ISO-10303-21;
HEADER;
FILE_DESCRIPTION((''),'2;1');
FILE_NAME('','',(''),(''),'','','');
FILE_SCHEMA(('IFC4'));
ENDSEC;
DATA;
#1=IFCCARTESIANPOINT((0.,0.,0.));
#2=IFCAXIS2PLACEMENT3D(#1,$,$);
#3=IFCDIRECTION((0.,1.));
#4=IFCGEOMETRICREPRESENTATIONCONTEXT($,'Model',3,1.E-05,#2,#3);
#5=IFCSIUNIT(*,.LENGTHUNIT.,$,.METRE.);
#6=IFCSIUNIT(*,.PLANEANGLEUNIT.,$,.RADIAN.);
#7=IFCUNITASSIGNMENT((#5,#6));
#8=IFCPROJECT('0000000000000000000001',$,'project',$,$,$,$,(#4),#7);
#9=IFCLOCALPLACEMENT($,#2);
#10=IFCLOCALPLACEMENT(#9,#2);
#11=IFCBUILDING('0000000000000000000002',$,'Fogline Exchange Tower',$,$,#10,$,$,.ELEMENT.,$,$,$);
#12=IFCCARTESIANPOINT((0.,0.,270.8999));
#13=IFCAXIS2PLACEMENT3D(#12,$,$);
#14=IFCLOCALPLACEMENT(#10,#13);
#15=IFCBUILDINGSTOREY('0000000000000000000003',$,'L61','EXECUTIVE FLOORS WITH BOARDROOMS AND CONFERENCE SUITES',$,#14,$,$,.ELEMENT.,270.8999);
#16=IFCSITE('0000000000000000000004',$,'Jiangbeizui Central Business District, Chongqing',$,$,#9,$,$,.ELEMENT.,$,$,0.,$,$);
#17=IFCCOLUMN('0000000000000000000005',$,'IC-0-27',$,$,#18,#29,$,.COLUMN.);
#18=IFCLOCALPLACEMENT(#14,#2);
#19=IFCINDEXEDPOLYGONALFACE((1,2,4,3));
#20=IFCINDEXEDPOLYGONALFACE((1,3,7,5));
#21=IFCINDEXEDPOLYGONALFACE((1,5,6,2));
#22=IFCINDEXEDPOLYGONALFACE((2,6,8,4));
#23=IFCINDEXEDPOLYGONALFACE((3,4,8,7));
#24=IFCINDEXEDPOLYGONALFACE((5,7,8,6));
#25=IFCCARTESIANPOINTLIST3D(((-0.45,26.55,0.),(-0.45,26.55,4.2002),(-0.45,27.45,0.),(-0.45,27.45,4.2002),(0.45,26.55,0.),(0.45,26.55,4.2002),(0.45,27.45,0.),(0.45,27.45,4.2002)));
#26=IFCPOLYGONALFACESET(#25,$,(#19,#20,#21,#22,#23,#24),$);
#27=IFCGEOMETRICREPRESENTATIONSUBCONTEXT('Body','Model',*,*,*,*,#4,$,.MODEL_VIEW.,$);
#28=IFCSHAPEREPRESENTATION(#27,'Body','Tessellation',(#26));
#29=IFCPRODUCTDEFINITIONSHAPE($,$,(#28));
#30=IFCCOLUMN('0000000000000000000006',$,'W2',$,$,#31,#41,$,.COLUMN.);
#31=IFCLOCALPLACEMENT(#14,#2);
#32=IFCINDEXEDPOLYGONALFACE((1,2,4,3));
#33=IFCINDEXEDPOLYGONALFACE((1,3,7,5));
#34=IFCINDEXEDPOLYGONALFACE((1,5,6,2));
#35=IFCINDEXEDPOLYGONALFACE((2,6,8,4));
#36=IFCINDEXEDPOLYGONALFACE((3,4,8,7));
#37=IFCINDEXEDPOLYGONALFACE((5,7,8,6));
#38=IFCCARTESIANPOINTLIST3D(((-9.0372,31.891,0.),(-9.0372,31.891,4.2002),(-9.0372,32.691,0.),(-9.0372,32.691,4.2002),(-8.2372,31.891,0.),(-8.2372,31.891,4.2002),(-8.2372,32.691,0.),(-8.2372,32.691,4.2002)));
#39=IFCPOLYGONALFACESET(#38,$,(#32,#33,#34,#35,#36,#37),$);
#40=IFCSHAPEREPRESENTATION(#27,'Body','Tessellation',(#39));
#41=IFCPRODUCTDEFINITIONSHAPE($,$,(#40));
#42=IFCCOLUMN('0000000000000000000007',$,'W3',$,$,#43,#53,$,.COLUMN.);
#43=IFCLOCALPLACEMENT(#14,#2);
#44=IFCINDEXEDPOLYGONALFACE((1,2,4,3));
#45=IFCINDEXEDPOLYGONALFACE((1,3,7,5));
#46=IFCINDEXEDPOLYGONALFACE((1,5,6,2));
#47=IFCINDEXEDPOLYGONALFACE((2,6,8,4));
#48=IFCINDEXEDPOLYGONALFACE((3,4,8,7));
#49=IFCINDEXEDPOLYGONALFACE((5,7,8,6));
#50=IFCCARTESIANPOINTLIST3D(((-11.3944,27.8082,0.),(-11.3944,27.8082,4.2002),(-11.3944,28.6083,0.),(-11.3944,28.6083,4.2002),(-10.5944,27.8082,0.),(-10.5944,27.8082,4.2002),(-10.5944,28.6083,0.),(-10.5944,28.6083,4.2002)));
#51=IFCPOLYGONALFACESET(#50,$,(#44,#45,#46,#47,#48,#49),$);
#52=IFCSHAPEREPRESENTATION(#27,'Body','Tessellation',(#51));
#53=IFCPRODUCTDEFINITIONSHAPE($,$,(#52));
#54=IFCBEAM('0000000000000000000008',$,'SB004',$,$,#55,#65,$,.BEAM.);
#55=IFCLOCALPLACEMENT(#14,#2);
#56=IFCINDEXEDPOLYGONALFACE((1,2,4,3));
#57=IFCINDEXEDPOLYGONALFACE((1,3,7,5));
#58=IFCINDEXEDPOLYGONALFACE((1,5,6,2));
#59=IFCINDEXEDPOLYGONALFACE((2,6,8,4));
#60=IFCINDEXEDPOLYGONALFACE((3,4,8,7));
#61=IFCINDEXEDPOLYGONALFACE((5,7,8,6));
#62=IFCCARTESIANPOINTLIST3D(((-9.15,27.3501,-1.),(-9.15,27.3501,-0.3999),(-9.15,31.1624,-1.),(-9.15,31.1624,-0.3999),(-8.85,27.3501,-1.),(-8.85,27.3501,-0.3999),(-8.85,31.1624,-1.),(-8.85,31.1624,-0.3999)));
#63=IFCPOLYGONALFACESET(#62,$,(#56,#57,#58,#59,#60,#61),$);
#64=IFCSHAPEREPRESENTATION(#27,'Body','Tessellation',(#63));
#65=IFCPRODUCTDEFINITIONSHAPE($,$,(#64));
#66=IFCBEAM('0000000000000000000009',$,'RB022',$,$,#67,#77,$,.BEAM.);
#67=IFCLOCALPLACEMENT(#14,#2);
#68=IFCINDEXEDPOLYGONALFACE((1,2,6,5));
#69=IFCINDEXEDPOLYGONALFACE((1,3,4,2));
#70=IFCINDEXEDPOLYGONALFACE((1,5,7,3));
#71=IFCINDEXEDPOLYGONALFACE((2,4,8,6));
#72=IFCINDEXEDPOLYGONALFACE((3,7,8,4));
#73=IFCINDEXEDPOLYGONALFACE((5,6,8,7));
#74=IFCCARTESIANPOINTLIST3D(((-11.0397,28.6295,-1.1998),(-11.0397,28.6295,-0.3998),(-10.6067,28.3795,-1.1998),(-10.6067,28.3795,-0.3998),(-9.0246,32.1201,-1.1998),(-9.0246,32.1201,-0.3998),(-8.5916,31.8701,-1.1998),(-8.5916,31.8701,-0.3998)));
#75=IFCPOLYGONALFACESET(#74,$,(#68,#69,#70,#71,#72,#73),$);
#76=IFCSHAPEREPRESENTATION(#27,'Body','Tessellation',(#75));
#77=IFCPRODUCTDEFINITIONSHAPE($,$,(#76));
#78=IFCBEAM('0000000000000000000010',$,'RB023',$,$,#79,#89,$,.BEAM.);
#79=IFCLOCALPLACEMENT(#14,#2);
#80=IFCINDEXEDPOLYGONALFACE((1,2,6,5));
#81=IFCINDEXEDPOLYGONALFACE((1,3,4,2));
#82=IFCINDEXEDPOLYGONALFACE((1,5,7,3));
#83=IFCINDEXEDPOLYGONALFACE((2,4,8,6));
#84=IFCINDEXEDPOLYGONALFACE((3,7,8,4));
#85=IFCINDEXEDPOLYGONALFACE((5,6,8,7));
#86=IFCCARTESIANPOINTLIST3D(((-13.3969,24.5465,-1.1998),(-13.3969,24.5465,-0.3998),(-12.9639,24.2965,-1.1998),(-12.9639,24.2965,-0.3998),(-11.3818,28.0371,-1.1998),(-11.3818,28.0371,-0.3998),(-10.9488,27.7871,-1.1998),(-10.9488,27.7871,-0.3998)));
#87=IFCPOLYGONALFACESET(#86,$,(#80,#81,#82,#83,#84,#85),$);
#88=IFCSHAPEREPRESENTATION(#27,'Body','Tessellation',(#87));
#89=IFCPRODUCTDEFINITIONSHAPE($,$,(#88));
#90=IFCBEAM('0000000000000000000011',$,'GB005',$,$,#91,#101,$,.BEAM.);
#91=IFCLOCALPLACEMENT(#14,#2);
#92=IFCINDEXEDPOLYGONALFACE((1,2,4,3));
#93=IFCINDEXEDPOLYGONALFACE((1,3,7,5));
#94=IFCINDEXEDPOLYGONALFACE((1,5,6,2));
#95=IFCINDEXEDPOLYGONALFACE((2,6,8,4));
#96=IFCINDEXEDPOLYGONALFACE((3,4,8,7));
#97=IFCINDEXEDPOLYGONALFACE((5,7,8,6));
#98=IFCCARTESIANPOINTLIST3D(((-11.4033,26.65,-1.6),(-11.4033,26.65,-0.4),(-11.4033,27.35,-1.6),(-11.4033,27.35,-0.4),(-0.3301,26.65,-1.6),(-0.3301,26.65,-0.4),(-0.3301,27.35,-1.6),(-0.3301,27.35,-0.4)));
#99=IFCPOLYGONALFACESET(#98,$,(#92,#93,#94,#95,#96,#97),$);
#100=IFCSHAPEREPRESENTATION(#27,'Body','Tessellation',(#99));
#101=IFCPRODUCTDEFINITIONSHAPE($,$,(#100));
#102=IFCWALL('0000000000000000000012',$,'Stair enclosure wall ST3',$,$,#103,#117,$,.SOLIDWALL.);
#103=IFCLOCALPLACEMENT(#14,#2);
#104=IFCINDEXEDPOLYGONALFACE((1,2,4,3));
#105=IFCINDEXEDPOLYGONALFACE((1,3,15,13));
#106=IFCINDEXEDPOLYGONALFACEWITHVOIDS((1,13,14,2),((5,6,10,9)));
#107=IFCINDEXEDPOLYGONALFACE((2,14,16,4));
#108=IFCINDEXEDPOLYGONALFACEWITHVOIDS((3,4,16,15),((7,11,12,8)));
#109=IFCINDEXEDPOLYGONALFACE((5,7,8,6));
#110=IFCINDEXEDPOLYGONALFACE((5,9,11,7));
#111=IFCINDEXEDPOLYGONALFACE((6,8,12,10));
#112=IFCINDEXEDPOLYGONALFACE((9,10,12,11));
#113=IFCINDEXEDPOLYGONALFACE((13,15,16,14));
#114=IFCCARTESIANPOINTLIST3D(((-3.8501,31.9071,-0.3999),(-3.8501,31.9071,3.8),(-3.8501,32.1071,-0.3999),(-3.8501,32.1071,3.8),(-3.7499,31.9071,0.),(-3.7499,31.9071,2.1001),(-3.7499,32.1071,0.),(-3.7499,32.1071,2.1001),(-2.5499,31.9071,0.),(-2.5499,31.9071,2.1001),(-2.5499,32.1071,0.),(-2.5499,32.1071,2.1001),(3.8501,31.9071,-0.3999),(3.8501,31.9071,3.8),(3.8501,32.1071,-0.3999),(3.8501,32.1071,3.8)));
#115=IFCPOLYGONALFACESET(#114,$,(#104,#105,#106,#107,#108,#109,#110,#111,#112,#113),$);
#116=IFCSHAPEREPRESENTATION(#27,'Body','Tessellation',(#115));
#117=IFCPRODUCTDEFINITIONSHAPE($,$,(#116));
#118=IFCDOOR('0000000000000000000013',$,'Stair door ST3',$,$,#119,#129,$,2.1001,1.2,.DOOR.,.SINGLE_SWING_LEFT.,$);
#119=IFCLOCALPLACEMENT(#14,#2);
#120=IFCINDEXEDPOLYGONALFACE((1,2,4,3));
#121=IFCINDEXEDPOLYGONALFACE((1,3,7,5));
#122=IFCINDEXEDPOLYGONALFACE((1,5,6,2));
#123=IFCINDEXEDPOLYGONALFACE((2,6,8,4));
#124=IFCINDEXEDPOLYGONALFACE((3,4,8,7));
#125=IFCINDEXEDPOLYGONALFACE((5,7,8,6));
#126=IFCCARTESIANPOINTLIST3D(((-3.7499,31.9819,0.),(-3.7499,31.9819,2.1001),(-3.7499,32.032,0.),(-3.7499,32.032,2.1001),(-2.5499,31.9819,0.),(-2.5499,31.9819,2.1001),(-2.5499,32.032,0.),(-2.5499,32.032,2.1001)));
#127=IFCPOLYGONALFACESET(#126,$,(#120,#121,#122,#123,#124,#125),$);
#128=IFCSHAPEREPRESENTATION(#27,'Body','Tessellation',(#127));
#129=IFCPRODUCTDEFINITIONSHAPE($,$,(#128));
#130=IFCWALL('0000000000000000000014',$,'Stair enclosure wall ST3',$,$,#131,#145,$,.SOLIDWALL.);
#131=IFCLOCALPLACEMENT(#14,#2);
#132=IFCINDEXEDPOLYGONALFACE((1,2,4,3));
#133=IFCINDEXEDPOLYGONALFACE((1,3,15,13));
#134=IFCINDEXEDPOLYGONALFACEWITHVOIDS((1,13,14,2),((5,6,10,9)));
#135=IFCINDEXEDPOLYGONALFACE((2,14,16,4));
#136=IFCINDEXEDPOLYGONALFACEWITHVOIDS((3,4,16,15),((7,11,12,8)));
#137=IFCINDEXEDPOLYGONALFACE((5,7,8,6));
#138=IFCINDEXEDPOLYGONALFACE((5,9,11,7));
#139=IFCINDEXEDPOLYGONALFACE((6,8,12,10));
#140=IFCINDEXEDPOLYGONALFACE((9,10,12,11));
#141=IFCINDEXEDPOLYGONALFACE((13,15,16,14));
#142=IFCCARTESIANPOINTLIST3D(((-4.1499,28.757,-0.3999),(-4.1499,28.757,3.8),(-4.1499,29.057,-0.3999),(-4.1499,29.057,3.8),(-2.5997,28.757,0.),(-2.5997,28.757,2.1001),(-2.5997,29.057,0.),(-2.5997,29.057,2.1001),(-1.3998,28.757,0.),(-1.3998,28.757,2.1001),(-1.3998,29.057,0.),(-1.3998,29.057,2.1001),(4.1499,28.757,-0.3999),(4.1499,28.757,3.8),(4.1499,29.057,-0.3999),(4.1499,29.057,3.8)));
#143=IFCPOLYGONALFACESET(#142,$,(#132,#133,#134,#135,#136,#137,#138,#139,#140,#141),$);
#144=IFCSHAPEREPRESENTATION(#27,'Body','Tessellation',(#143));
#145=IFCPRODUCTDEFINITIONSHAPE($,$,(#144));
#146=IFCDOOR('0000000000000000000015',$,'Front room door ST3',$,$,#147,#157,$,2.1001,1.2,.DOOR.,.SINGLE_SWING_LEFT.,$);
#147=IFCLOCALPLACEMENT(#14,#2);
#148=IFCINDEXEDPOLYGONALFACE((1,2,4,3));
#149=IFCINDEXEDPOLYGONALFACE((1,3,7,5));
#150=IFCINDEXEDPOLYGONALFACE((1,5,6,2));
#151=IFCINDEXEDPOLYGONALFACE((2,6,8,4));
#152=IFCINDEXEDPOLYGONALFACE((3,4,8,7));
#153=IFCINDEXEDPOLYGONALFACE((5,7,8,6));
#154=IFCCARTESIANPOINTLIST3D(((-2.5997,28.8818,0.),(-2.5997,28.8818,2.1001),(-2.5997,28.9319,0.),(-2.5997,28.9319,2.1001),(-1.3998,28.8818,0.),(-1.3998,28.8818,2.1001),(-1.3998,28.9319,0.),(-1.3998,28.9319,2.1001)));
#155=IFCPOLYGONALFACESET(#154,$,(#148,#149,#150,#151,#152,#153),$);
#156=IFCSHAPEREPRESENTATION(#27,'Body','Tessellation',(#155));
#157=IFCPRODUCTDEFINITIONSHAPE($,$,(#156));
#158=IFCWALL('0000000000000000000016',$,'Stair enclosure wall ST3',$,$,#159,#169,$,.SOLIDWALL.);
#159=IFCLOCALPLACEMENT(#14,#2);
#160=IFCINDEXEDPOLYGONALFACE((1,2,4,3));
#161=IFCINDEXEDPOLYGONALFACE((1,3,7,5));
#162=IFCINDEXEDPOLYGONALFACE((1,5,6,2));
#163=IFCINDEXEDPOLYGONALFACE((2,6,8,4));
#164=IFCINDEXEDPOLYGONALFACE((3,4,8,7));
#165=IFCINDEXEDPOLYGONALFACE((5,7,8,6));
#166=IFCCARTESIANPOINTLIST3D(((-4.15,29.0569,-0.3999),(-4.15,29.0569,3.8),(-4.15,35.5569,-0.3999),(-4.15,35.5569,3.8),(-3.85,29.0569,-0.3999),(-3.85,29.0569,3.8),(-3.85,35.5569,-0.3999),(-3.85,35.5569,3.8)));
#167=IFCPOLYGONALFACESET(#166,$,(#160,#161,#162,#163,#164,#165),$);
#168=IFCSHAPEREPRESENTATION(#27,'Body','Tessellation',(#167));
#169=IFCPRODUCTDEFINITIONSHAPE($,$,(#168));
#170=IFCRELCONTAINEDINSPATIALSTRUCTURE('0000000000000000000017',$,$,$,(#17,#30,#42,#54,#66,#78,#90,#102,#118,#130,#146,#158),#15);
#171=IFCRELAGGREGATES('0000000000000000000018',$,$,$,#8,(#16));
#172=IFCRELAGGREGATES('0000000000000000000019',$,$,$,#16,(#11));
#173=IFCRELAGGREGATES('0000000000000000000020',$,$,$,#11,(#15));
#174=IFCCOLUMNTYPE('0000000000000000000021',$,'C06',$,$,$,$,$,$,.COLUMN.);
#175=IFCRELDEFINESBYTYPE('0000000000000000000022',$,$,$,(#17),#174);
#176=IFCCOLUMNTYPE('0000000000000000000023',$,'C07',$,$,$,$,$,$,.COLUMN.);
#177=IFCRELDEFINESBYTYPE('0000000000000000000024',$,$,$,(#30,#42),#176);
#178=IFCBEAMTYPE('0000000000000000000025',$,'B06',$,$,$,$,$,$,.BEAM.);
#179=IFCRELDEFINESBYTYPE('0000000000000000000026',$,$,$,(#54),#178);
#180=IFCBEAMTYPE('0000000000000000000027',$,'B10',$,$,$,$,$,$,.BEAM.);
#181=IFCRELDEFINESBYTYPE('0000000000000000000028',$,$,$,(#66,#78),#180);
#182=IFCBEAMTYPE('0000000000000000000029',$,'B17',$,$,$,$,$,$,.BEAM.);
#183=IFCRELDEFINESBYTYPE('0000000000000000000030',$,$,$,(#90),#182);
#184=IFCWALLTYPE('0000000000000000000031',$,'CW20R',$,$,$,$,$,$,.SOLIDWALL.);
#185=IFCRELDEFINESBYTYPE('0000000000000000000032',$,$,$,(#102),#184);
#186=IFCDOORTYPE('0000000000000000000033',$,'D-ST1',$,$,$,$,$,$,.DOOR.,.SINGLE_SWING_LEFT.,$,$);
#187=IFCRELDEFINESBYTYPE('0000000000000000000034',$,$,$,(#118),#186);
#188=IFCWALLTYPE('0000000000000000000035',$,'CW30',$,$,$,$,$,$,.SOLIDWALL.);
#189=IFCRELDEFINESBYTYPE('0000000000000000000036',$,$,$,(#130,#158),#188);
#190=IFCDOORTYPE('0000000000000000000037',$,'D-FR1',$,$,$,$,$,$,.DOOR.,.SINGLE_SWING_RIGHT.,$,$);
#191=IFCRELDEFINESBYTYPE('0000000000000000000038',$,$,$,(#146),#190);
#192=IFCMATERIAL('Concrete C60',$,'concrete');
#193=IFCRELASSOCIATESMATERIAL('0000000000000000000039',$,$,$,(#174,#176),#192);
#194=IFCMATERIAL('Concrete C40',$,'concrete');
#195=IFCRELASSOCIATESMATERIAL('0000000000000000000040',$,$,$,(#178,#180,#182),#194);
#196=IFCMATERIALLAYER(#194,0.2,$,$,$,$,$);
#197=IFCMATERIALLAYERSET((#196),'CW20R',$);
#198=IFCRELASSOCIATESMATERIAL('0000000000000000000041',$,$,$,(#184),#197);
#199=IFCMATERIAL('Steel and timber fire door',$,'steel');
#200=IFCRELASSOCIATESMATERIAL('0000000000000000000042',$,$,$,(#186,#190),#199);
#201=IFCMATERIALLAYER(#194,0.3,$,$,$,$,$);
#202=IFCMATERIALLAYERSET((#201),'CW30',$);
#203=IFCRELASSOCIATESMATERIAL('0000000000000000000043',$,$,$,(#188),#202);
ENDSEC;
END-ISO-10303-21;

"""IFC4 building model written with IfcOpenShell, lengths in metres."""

from ifc_helpers import new_model, si_unit, direction, frame, frame_2d, origin, origin_2d, place, context, subcontext, project, spatial, rectangle, extrude, material, layer, layer_set, material_profile, profile_set, type_object, element, fill, save


model = new_model("IFC4")

# Units and contexts
model_context = context("Model", 3, precision=1e-05, world=origin(), true_north=direction((0.0, 1.0)))
body_context = subcontext(model_context, "Body", "Model", "MODEL_VIEW")
ifc_project = project(units=[si_unit("LENGTHUNIT", "METRE"), si_unit("PLANEANGLEUNIT", "RADIAN")], contexts=[model_context])

# Site, building, storey
site_placement = place(None, origin())
site = spatial("IfcSite", under=ifc_project, at=site_placement, Name="Jiangbeizui Central Business District, Chongqing", CompositionType="ELEMENT", RefElevation=0.0)
building_placement = place(site_placement, origin())
building = spatial("IfcBuilding", under=site, at=building_placement, Name="Fogline Exchange Tower", CompositionType="ELEMENT")
storey_placement = place(building_placement, frame((0.0, 0.0, 270.8999)))
storey = spatial("IfcBuildingStorey", under=building, at=storey_placement, Name="L61", Description="EXECUTIVE FLOORS WITH BOARDROOMS AND CONFERENCE SUITES", CompositionType="ELEMENT", Elevation=270.8999)

# Columns
ifc_material_1 = material(Name="Concrete C60", Category="concrete")
ifc_material_profile_1 = material_profile(ifc_material_1, rectangle(XDim=0.8999, YDim=0.8999, at=origin_2d()), Name="RC 900x900")
ifc_profile_set_1 = profile_set([ifc_material_profile_1], Name="Concrete C60")
column_type_1 = type_object("IfcColumnType", Name="C06", PredefinedType="COLUMN", material=ifc_profile_set_1)
column_placement = place(storey_placement, frame((0.0, 27.0, 0.0), z_axis=(0.0, 0.0, 1.0), x_axis=(1.0, 0.0, 0.0)))
element("IfcColumn", 1, at=column_placement, inside=storey, type_object=column_type_1, Name="IC-0-27", PredefinedType="COLUMN", context=body_context, shape_type="SweptSolid", body=[
    extrude(rectangle(XDim=0.8999, YDim=0.8999, at=origin_2d()), origin(), (0.0, 0.0, 1.0), 4.2002),
])
ifc_material_profile_2 = material_profile(ifc_material_1, rectangle(XDim=0.8, YDim=0.8, at=origin_2d()), Name="RC 800x800")
ifc_profile_set_2 = profile_set([ifc_material_profile_2], Name="Concrete C60")
column_type_2 = type_object("IfcColumnType", Name="C07", PredefinedType="COLUMN", material=ifc_profile_set_2)
for number, where, z_axis, x_axis, name in (
    (2, (-8.6372, 32.291, 0.0), (0.0, 0.0, 1.0), (1.0, 0.0, 0.0), "W2"),
    (3, (-10.9944, 28.2083, 0.0), (0.0, 0.0, 1.0), (1.0, 0.0, 0.0), "W3"),
):
    element("IfcColumn", number, at=place(storey_placement, frame(where, z_axis=z_axis, x_axis=x_axis)), inside=storey, type_object=column_type_2, Name=name, PredefinedType="COLUMN", context=body_context, shape_type="SweptSolid", body=[
        extrude(rectangle(XDim=0.8, YDim=0.8, at=origin_2d()), origin(), (0.0, 0.0, 1.0), 4.2002),
    ])

# Beams
ifc_material_2 = material(Name="Concrete C40", Category="concrete")
ifc_material_profile_3 = material_profile(ifc_material_2, rectangle(XDim=0.3, YDim=0.6001, at=origin_2d()), Name="RC 300x600")
ifc_profile_set_3 = profile_set([ifc_material_profile_3], Name="Concrete C40")
beam_type_1 = type_object("IfcBeamType", Name="B06", PredefinedType="BEAM", material=ifc_profile_set_3)
beam_1_placement = place(storey_placement, frame((-9.0, 27.3501, -0.7), z_axis=(0.0, 1.0, 0.0), x_axis=(-1.0, 0.0, 0.0)))
element("IfcBeam", 4, at=beam_1_placement, inside=storey, type_object=beam_type_1, Name="SB004", PredefinedType="BEAM", context=body_context, shape_type="SweptSolid", body=[
    extrude(rectangle(XDim=0.3, YDim=0.6001, at=origin_2d()), origin(), (0.0, 0.0, 1.0), 3.8123),
])
ifc_material_profile_4 = material_profile(ifc_material_2, rectangle(XDim=0.5, YDim=0.8, at=origin_2d()), Name="RC 500x800")
ifc_profile_set_4 = profile_set([ifc_material_profile_4], Name="Concrete C40")
beam_type_2 = type_object("IfcBeamType", Name="B10", PredefinedType="BEAM", material=ifc_profile_set_4)
for number, where, z_axis, x_axis, name in (
    (5, (-8.8081, 31.9951, -0.7998), (-0.499957, -0.86605, 0.0), (0.86605, -0.499957, 0.0), "RB022"),
    (6, (-11.1653, 27.9121, -0.7998), (-0.499957, -0.86605, 0.0), (0.86605, -0.499957, 0.0), "RB023"),
):
    element("IfcBeam", number, at=place(storey_placement, frame(where, z_axis=z_axis, x_axis=x_axis)), inside=storey, type_object=beam_type_2, Name=name, PredefinedType="BEAM", context=body_context, shape_type="SweptSolid", body=[
        extrude(rectangle(XDim=0.5, YDim=0.8, at=origin_2d()), origin(), (0.0, 0.0, 1.0), 4.0305),
    ])
ifc_material_profile_5 = material_profile(ifc_material_2, rectangle(XDim=0.7, YDim=1.2, at=origin_2d()), Name="RC 700x1200")
ifc_profile_set_5 = profile_set([ifc_material_profile_5], Name="Concrete C40")
beam_type_3 = type_object("IfcBeamType", Name="B17", PredefinedType="BEAM", material=ifc_profile_set_5)
beam_2_placement = place(storey_placement, frame((-11.4033, 27.0, -1.0), z_axis=(1.0, 0.0, 0.0), x_axis=(0.0, 1.0, 0.0)))
element("IfcBeam", 7, at=beam_2_placement, inside=storey, type_object=beam_type_3, Name="GB005", PredefinedType="BEAM", context=body_context, shape_type="SweptSolid", body=[
    extrude(rectangle(XDim=0.7, YDim=1.2, at=origin_2d()), origin(), (0.0, 0.0, 1.0), 11.0732),
])

# Walls, openings, doors
ifc_layer_1 = layer(ifc_material_2, 0.2)
ifc_layer_set_1 = layer_set([ifc_layer_1], Name="CW20R")
wall_type_1 = type_object("IfcWallType", Name="CW20R", PredefinedType="SOLIDWALL", material=ifc_layer_set_1)
wall_1_placement = place(storey_placement, frame((-3.8501, 32.0071, -0.3999), z_axis=(0.0, 0.0, 1.0), x_axis=(1.0, 0.0, 0.0)))
wall_1 = element("IfcWall", 8, at=wall_1_placement, inside=storey, type_object=wall_type_1, Name="Stair enclosure wall ST3", PredefinedType="SOLIDWALL", context=body_context, shape_type="SweptSolid", body=[
    extrude(rectangle(XDim=7.7002, YDim=0.2, at=frame_2d((3.8501, 0.0))), origin(), (0.0, 0.0, 1.0), 4.2),
])
opening_1_placement = place(wall_1_placement, frame((0.1001, 0.0, 0.3999)))
opening_1 = element("IfcOpeningElement", 9, at=opening_1_placement, cuts=wall_1, PredefinedType="OPENING", context=body_context, shape_type="SweptSolid", body=[
    extrude(rectangle(XDim=1.2, YDim=2.1001, at=frame_2d((0.6001, 1.05))), frame((0.0, 0.1099, 0.0), z_axis=(0.0, -1.0, 0.0), x_axis=(1.0, 0.0, 0.0)), (0.0, 0.0, 1.0), 0.22),
])
ifc_material_3 = material(Name="Steel and timber fire door", Category="steel")
door_type_1 = type_object("IfcDoorType", Name="D-ST1", OperationType="SINGLE_SWING_LEFT", PredefinedType="DOOR", material=ifc_material_3)
door_1_placement = place(opening_1_placement, origin())
door_1 = element("IfcDoor", 10, at=door_1_placement, inside=storey, type_object=door_type_1, Name="Stair door ST3", OperationType="SINGLE_SWING_LEFT", OverallHeight=2.1001, OverallWidth=1.2, PredefinedType="DOOR", context=body_context, shape_type="SweptSolid", body=[
    extrude(rectangle(XDim=1.2, YDim=2.1001, at=frame_2d((0.6001, 1.05))), frame((0.0, 0.0249, 0.0), z_axis=(0.0, -1.0, 0.0), x_axis=(1.0, 0.0, 0.0)), (0.0, 0.0, 1.0), 0.05),
])
fill(opening_1, door_1)
ifc_layer_2 = layer(ifc_material_2, 0.3)
ifc_layer_set_2 = layer_set([ifc_layer_2], Name="CW30")
wall_type_2 = type_object("IfcWallType", Name="CW30", PredefinedType="SOLIDWALL", material=ifc_layer_set_2)
wall_2_placement = place(storey_placement, frame((-4.1499, 28.907, -0.3999), z_axis=(0.0, 0.0, 1.0), x_axis=(1.0, 0.0, 0.0)))
wall_2 = element("IfcWall", 11, at=wall_2_placement, inside=storey, type_object=wall_type_2, Name="Stair enclosure wall ST3", PredefinedType="SOLIDWALL", context=body_context, shape_type="SweptSolid", body=[
    extrude(rectangle(XDim=8.2998, YDim=0.3, at=frame_2d((4.1499, 0.0))), origin(), (0.0, 0.0, 1.0), 4.2),
])
opening_2_placement = place(wall_2_placement, frame((1.55, 0.0, 0.3999)))
opening_2 = element("IfcOpeningElement", 12, at=opening_2_placement, cuts=wall_2, PredefinedType="OPENING", context=body_context, shape_type="SweptSolid", body=[
    extrude(rectangle(XDim=1.2, YDim=2.1001, at=frame_2d((0.6001, 1.05))), frame((0.0, 0.1602, 0.0), z_axis=(0.0, -1.0, 0.0), x_axis=(1.0, 0.0, 0.0)), (0.0, 0.0, 1.0), 0.3201),
])
door_type_2 = type_object("IfcDoorType", Name="D-FR1", OperationType="SINGLE_SWING_RIGHT", PredefinedType="DOOR", material=ifc_material_3)
door_2_placement = place(opening_2_placement, origin())
door_2 = element("IfcDoor", 13, at=door_2_placement, inside=storey, type_object=door_type_2, Name="Front room door ST3", OperationType="SINGLE_SWING_LEFT", OverallHeight=2.1001, OverallWidth=1.2, PredefinedType="DOOR", context=body_context, shape_type="SweptSolid", body=[
    extrude(rectangle(XDim=1.2, YDim=2.1001, at=frame_2d((0.6001, 1.05))), frame((0.0, 0.0249, 0.0), z_axis=(0.0, -1.0, 0.0), x_axis=(1.0, 0.0, 0.0)), (0.0, 0.0, 1.0), 0.05),
])
fill(opening_2, door_2)

# Wall
wall_3_placement = place(storey_placement, frame((-4.0, 29.0569, -0.3999), z_axis=(0.0, 0.0, 1.0), x_axis=(0.0, 1.0, 0.0)))
element("IfcWall", 14, at=wall_3_placement, inside=storey, type_object=wall_type_2, Name="Stair enclosure wall ST3", PredefinedType="SOLIDWALL", context=body_context, shape_type="SweptSolid", body=[
    extrude(rectangle(XDim=6.5, YDim=0.3, at=frame_2d((3.25, 0.0))), origin(), (0.0, 0.0, 1.0), 4.2),
])

save(model, "model.ifc")
